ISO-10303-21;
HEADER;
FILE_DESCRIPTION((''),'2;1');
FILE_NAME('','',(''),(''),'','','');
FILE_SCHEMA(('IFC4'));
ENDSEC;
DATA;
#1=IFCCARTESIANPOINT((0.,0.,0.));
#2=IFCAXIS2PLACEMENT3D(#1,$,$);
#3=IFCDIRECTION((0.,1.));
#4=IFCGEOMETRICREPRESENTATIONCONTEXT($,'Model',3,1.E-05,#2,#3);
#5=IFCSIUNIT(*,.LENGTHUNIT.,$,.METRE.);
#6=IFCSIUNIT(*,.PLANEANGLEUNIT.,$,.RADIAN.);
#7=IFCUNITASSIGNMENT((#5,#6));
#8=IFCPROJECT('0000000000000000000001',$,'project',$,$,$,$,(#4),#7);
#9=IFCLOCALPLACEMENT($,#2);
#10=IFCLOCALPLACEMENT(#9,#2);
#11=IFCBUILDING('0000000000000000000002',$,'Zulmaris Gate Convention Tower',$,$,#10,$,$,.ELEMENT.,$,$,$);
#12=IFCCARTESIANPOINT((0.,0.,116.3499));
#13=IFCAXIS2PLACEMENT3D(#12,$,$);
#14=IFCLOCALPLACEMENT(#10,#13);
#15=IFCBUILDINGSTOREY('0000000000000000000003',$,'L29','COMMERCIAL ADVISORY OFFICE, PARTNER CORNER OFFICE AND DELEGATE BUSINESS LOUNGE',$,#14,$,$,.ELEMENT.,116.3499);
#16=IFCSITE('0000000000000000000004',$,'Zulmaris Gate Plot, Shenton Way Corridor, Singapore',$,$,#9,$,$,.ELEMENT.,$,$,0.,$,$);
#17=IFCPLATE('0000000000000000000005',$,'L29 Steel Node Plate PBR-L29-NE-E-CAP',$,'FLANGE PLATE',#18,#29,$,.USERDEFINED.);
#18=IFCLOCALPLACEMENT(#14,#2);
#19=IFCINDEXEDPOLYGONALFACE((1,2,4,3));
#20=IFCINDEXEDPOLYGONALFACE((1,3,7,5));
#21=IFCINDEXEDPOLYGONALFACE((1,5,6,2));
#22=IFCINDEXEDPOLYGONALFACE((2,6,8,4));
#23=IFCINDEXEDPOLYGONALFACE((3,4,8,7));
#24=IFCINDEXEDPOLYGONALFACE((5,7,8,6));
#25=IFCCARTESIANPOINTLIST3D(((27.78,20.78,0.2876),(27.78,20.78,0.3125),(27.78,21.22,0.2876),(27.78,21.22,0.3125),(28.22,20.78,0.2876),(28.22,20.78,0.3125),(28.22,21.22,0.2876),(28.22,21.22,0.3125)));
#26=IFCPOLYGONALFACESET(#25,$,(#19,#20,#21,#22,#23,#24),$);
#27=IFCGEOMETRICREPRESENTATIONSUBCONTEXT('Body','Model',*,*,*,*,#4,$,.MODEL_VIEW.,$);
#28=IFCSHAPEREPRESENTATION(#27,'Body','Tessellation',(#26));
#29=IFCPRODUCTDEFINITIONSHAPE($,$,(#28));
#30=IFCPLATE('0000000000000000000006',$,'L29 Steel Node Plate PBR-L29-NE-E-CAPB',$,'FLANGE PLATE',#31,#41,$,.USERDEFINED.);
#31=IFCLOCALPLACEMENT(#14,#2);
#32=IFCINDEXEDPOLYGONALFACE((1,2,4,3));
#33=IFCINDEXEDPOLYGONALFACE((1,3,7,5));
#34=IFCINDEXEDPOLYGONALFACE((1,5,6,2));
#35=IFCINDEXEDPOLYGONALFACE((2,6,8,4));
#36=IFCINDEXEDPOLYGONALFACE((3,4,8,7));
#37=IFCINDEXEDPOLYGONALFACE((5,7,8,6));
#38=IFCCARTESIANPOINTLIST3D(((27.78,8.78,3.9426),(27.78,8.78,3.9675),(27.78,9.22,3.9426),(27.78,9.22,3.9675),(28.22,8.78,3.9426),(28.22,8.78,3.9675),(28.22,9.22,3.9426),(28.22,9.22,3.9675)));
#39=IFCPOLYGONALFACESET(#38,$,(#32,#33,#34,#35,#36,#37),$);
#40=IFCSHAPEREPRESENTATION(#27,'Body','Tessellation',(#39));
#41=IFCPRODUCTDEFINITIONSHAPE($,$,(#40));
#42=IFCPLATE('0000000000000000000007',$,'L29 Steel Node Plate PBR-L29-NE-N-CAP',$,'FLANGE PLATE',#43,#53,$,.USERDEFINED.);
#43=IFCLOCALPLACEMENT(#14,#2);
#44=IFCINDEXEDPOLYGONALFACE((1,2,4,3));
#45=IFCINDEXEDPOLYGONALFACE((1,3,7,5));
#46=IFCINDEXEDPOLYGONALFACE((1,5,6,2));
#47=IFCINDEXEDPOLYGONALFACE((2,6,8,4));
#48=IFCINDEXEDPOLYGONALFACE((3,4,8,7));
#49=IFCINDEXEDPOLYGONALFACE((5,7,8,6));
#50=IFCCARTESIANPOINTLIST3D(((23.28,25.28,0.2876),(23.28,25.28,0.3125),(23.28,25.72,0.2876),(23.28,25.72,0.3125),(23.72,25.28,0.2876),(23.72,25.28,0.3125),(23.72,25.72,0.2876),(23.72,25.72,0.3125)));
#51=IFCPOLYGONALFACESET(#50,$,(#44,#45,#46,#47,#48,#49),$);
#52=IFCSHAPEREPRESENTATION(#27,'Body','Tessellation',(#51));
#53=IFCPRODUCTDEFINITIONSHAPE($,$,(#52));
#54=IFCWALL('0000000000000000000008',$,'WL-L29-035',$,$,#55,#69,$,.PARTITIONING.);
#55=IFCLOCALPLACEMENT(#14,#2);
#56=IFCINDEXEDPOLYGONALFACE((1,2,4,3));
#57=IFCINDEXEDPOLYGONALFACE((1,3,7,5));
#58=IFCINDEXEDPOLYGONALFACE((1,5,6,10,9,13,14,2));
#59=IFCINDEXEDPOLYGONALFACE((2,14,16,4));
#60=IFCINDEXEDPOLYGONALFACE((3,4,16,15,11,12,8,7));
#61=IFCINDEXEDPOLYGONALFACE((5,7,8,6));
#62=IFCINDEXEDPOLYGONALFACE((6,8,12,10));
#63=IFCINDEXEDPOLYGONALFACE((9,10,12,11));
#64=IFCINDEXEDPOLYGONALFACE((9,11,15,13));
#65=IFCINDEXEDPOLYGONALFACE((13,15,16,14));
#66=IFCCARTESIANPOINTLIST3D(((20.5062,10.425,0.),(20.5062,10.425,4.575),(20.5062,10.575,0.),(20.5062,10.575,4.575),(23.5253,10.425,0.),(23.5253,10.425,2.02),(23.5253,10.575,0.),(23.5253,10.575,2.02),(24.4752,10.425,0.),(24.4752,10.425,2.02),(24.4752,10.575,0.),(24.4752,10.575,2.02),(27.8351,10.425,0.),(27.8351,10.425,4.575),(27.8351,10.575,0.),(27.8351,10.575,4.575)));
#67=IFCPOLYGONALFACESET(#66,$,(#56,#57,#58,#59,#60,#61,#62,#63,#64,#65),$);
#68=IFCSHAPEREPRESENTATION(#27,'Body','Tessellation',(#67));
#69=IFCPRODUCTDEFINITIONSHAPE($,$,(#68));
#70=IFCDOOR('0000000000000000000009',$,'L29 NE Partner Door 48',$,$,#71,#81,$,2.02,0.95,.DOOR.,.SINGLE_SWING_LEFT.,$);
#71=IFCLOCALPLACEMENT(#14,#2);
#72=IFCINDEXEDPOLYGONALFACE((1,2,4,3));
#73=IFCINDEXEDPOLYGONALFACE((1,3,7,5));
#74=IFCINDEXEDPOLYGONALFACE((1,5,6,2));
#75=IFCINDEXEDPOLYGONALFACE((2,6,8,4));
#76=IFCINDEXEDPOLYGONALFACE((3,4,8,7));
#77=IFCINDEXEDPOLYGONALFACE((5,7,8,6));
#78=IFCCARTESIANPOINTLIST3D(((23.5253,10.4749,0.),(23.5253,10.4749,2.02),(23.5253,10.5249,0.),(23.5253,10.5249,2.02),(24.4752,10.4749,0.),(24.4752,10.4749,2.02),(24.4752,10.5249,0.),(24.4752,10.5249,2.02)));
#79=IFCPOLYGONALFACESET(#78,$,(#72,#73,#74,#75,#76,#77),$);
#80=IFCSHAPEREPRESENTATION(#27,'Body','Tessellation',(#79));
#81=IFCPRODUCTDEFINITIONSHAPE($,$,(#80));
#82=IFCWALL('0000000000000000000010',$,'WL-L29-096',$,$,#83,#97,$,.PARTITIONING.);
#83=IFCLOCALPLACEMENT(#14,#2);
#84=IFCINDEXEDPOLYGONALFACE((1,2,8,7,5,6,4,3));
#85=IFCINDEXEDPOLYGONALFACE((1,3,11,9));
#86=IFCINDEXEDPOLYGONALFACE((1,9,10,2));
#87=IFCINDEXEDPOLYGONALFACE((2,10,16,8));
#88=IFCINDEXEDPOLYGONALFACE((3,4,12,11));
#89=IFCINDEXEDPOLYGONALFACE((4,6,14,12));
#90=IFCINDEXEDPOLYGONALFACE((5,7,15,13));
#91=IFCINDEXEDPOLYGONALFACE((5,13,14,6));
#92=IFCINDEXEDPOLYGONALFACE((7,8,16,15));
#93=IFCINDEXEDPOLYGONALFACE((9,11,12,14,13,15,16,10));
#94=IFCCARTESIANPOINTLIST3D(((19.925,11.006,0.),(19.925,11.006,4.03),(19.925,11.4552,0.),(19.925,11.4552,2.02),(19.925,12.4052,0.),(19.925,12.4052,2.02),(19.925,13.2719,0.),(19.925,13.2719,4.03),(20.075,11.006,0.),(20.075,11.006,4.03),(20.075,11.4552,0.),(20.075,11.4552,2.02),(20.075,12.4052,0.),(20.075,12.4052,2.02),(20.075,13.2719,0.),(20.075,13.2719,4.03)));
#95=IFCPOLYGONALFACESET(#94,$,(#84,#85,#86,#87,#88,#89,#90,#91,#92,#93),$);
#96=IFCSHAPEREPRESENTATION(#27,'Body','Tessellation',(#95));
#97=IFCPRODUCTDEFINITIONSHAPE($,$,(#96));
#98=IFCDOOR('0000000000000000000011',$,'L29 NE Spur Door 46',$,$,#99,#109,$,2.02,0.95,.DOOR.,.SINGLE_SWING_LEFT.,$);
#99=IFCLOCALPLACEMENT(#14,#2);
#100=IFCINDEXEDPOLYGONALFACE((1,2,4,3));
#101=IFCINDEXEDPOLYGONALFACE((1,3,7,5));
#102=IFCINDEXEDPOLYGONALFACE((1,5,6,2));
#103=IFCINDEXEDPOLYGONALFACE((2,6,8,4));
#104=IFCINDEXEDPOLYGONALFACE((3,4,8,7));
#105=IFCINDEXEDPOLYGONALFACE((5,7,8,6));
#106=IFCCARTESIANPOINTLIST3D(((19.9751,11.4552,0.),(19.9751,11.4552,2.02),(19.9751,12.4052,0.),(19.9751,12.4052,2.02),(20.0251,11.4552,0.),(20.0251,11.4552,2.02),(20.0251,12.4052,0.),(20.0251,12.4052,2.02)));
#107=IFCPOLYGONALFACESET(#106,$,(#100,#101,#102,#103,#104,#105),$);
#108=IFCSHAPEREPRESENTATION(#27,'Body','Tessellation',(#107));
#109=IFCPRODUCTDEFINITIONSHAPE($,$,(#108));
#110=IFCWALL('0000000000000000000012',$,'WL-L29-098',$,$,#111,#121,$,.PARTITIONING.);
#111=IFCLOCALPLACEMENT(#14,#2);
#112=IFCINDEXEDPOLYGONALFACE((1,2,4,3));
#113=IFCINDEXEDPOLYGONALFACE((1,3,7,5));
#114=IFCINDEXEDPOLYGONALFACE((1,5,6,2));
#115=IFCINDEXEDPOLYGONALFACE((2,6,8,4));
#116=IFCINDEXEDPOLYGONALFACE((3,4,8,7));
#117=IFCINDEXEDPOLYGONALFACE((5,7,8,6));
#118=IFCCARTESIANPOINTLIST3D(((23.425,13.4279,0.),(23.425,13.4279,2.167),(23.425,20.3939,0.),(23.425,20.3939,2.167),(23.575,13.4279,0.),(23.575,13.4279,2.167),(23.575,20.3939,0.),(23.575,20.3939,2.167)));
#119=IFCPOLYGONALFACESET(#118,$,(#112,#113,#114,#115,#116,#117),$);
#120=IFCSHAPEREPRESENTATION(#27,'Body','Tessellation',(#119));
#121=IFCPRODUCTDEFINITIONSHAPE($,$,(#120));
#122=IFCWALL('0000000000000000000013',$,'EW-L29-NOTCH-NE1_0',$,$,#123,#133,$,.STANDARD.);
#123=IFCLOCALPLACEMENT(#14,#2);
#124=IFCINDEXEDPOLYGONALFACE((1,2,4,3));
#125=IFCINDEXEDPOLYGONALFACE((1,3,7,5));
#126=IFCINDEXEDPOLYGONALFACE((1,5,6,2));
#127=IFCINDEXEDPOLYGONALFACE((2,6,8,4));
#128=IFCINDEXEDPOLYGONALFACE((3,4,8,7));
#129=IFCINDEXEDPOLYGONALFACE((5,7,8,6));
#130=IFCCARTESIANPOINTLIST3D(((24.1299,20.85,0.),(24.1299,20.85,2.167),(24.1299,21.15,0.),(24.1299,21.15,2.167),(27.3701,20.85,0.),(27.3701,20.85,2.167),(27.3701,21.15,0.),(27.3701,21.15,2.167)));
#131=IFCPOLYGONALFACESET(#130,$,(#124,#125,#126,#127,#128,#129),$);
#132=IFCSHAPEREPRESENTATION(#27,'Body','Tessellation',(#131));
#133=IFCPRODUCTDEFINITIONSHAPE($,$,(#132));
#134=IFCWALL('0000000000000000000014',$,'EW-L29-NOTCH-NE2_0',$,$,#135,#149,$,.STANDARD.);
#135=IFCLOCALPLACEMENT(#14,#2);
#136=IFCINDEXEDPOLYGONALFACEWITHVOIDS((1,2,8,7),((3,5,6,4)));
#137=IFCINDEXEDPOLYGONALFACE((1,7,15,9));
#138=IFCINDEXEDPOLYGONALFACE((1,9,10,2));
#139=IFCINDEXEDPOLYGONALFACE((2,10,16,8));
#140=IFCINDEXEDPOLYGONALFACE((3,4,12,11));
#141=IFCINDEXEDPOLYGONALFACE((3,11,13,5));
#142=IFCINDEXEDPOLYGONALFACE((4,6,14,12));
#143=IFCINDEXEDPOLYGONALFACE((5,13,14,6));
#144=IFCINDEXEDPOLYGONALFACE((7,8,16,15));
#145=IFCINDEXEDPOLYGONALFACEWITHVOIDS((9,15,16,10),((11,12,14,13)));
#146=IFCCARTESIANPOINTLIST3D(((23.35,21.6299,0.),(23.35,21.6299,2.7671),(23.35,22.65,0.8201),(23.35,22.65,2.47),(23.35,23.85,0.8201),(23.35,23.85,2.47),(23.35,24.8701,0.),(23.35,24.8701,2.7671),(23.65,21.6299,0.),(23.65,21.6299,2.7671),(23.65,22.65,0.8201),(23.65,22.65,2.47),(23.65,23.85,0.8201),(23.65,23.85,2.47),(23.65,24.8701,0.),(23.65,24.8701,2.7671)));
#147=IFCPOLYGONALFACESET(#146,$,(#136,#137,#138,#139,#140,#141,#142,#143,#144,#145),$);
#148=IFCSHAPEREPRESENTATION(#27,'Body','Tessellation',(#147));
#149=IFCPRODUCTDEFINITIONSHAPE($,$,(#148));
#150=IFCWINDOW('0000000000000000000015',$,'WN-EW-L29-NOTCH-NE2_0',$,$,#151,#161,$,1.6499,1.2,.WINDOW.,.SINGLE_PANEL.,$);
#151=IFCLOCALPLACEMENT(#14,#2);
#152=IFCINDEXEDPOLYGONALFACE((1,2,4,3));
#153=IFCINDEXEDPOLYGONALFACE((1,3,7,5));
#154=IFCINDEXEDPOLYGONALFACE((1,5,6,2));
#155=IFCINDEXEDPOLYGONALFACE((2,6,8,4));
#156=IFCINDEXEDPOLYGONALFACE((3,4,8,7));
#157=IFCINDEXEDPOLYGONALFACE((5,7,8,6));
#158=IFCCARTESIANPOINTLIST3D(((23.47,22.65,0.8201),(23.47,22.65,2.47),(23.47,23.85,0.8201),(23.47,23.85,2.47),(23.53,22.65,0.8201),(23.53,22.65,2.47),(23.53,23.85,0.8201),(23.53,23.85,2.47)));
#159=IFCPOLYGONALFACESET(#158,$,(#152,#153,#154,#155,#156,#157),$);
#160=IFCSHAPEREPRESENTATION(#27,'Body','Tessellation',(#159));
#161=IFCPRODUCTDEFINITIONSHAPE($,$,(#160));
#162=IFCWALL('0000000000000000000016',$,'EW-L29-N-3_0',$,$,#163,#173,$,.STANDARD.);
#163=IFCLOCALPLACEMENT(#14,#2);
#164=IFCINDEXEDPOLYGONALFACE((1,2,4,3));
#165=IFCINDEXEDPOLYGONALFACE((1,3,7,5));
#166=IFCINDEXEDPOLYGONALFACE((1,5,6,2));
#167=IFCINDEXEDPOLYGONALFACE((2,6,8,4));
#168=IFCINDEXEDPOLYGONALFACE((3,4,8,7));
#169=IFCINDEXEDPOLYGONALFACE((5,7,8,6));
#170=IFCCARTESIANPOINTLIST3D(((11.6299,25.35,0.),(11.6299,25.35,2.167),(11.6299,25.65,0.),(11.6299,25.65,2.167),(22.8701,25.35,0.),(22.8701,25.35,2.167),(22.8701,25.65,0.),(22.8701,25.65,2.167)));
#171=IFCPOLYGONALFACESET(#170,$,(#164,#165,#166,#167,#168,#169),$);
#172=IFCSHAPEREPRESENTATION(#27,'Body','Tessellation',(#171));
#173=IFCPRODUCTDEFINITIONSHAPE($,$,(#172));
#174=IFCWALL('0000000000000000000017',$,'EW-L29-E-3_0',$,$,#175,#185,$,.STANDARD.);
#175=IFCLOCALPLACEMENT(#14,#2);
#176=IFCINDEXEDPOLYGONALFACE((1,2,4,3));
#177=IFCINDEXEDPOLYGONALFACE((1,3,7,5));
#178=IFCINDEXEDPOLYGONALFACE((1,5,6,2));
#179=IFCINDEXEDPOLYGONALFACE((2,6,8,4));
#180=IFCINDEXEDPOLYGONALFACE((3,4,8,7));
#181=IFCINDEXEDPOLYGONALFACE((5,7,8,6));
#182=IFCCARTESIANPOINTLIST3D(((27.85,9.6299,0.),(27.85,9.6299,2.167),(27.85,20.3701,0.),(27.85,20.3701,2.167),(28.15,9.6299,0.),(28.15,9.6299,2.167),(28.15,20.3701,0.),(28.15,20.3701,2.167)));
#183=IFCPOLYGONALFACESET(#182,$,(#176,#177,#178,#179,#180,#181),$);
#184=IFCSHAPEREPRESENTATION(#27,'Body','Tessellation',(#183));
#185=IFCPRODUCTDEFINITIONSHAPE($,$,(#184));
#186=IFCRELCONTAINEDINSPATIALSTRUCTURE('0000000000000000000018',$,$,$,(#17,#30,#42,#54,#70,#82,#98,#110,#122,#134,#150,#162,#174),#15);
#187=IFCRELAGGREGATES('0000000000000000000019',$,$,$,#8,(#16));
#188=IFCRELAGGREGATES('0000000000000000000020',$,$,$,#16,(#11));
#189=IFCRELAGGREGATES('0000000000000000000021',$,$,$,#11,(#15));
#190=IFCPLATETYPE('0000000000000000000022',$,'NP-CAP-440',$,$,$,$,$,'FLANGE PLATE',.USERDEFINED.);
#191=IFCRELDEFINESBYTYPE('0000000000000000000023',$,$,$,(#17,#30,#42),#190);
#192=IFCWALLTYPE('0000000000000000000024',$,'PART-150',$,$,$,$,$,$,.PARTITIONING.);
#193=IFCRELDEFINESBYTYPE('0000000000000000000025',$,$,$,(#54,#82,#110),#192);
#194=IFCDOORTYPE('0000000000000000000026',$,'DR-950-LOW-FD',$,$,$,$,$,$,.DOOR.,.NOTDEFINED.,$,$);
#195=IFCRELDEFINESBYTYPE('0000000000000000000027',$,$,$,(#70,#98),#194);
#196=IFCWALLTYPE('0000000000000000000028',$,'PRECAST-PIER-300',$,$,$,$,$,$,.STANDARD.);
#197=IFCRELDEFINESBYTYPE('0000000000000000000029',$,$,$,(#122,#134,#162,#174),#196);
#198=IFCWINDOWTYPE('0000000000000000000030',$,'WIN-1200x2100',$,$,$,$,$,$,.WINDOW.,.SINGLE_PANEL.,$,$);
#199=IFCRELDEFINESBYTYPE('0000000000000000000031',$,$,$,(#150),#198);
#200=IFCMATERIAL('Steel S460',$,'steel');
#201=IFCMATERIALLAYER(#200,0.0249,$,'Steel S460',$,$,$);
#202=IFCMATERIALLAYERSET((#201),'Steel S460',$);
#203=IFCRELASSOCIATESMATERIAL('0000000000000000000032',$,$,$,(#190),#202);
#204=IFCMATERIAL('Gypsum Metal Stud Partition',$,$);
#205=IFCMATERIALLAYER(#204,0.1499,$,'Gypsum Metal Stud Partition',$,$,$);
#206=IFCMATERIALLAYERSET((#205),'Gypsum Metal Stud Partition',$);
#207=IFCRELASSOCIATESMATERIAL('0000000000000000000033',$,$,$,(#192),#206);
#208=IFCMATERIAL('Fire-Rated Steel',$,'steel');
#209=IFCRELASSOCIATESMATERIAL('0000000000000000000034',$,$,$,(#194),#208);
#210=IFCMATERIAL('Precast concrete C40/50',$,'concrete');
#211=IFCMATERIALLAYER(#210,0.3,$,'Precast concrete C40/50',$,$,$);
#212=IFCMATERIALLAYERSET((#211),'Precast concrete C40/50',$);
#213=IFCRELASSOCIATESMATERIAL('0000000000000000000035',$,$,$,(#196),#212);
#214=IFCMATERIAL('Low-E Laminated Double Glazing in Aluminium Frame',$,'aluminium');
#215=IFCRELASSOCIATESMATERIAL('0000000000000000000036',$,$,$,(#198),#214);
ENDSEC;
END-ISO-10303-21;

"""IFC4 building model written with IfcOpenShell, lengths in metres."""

from ifc_helpers import new_model, si_unit, direction, frame, frame_2d, origin, origin_2d, place, context, subcontext, project, spatial, rectangle, extrude, material, layer, layer_set, type_object, element, fill, save


model = new_model("IFC4")

# Units and contexts
model_context = context("Model", 3, precision=1e-05, world=origin(), true_north=direction((0.0, 1.0)))
body_context = subcontext(model_context, "Body", "Model", "MODEL_VIEW")
ifc_project = project(units=[si_unit("LENGTHUNIT", "METRE"), si_unit("PLANEANGLEUNIT", "RADIAN")], contexts=[model_context])

# Site, building, storey
site_placement = place(None, origin())
site = spatial("IfcSite", under=ifc_project, at=site_placement, Name="Zulmaris Gate Plot, Shenton Way Corridor, Singapore", CompositionType="ELEMENT", RefElevation=0.0)
building_placement = place(site_placement, origin())
building = spatial("IfcBuilding", under=site, at=building_placement, Name="Zulmaris Gate Convention Tower", CompositionType="ELEMENT")
storey_placement = place(building_placement, frame((0.0, 0.0, 116.3499)))
storey = spatial("IfcBuildingStorey", under=building, at=storey_placement, Name="L29", Description="COMMERCIAL ADVISORY OFFICE, PARTNER CORNER OFFICE AND DELEGATE BUSINESS LOUNGE", CompositionType="ELEMENT", Elevation=116.3499)

# Shared definitions
ifc_material_1 = material(Name="Steel S460", Category="steel")

# Plates
ifc_layer_1 = layer(ifc_material_1, 0.0249, Name="Steel S460")
ifc_layer_set_1 = layer_set([ifc_layer_1], Name="Steel S460")
plate_type = type_object("IfcPlateType", Name="NP-CAP-440", ElementType="FLANGE PLATE", PredefinedType="USERDEFINED", material=ifc_layer_set_1)
for number, where, z_axis, x_axis, name in (
    (1, (28.0, 21.0, 0.2876), (0.0, 0.0, 1.0), (1.0, 0.0, 0.0), "L29 Steel Node Plate PBR-L29-NE-E-CAP"),
    (2, (28.0, 9.0, 3.9426), (0.0, 0.0, 1.0), (1.0, 0.0, 0.0), "L29 Steel Node Plate PBR-L29-NE-E-CAPB"),
    (3, (23.5, 25.5, 0.2876), (0.0, 0.0, 1.0), (1.0, 0.0, 0.0), "L29 Steel Node Plate PBR-L29-NE-N-CAP"),
):
    element("IfcPlate", number, at=place(storey_placement, frame(where, z_axis=z_axis, x_axis=x_axis)), inside=storey, type_object=plate_type, Name=name, ObjectType="FLANGE PLATE", PredefinedType="USERDEFINED", context=body_context, shape_type="SweptSolid", body=[
        extrude(rectangle(XDim=0.4399, YDim=0.4399, at=origin_2d()), origin(), (0.0, 0.0, 1.0), 0.0249),
    ])

# Shared definitions
ifc_material_2 = material(Name="Fire-Rated Steel", Category="steel")

# Walls, openings, doors
ifc_material_3 = material(Name="Gypsum Metal Stud Partition")
ifc_layer_2 = layer(ifc_material_3, 0.1499, Name="Gypsum Metal Stud Partition")
ifc_layer_set_2 = layer_set([ifc_layer_2], Name="Gypsum Metal Stud Partition")
wall_type_1 = type_object("IfcWallType", Name="PART-150", PredefinedType="PARTITIONING", material=ifc_layer_set_2)
wall_1_placement = place(storey_placement, frame((20.5061, 10.5, 0.0), z_axis=(0.0, 0.0, 1.0), x_axis=(1.0, 0.0, 0.0)))
wall_1 = element("IfcWall", 4, at=wall_1_placement, inside=storey, type_object=wall_type_1, Name="WL-L29-035", PredefinedType="PARTITIONING", context=body_context, shape_type="SweptSolid", body=[
    extrude(rectangle(XDim=7.3289, YDim=0.1499, at=frame_2d((3.6646, 0.0))), origin(), (0.0, 0.0, 1.0), 4.575),
])
opening_1_placement = place(wall_1_placement, frame((3.019, 0.0, 0.0)))
opening_1 = element("IfcOpeningElement", 5, at=opening_1_placement, cuts=wall_1, PredefinedType="OPENING", context=body_context, shape_type="SweptSolid", body=[
    extrude(rectangle(XDim=0.95, YDim=2.02, at=frame_2d((0.4751, 1.01))), frame((0.0, 0.085, 0.0), z_axis=(0.0, -1.0, 0.0), x_axis=(1.0, 0.0, 0.0)), (0.0, 0.0, 1.0), 0.1699),
])
door_type_1 = type_object("IfcDoorType", Name="DR-950-LOW-FD", OperationType="NOTDEFINED", PredefinedType="DOOR", material=ifc_material_2)
door_1_placement = place(opening_1_placement, origin())
door_1 = element("IfcDoor", 6, at=door_1_placement, inside=storey, type_object=door_type_1, Name="L29 NE Partner Door 48", OperationType="SINGLE_SWING_LEFT", OverallHeight=2.02, OverallWidth=0.95, PredefinedType="DOOR", context=body_context, shape_type="SweptSolid", body=[
    extrude(rectangle(XDim=0.95, YDim=2.02, at=frame_2d((0.4751, 1.01))), frame((0.0, 0.0249, 0.0), z_axis=(0.0, -1.0, 0.0), x_axis=(1.0, 0.0, 0.0)), (0.0, 0.0, 1.0), 0.05),
])
fill(opening_1, door_1)
wall_2_placement = place(storey_placement, frame((20.0, 11.0061, 0.0), z_axis=(0.0, 0.0, 1.0), x_axis=(0.0, 1.0, 0.0)))
wall_2 = element("IfcWall", 7, at=wall_2_placement, inside=storey, type_object=wall_type_1, Name="WL-L29-096", PredefinedType="PARTITIONING", context=body_context, shape_type="SweptSolid", body=[
    extrude(rectangle(XDim=2.2659, YDim=0.1499, at=frame_2d((1.1328, 0.0))), origin(), (0.0, 0.0, 1.0), 4.03),
])
opening_2_placement = place(wall_2_placement, frame((0.449, 0.0, 0.0)))
opening_2 = element("IfcOpeningElement", 8, at=opening_2_placement, cuts=wall_2, PredefinedType="OPENING", context=body_context, shape_type="SweptSolid", body=[
    extrude(rectangle(XDim=0.95, YDim=2.02, at=frame_2d((0.4751, 1.01))), frame((0.0, 0.085, 0.0), z_axis=(0.0, -1.0, 0.0), x_axis=(1.0, 0.0, 0.0)), (0.0, 0.0, 1.0), 0.1699),
])
door_2_placement = place(opening_2_placement, origin())
door_2 = element("IfcDoor", 9, at=door_2_placement, inside=storey, type_object=door_type_1, Name="L29 NE Spur Door 46", OperationType="SINGLE_SWING_LEFT", OverallHeight=2.02, OverallWidth=0.95, PredefinedType="DOOR", context=body_context, shape_type="SweptSolid", body=[
    extrude(rectangle(XDim=0.95, YDim=2.02, at=frame_2d((0.4751, 1.01))), frame((0.0, 0.0249, 0.0), z_axis=(0.0, -1.0, 0.0), x_axis=(1.0, 0.0, 0.0)), (0.0, 0.0, 1.0), 0.05),
])
fill(opening_2, door_2)

# Walls
wall_3_placement = place(storey_placement, frame((23.5, 13.428, 0.0), z_axis=(0.0, 0.0, 1.0), x_axis=(0.0, 1.0, 0.0)))
element("IfcWall", 10, at=wall_3_placement, inside=storey, type_object=wall_type_1, Name="WL-L29-098", PredefinedType="PARTITIONING", context=body_context, shape_type="SweptSolid", body=[
    extrude(rectangle(XDim=6.9661, YDim=0.1499, at=frame_2d((3.4829, 0.0))), origin(), (0.0, 0.0, 1.0), 2.167),
])
ifc_material_4 = material(Name="Precast concrete C40/50", Category="concrete")
ifc_layer_3 = layer(ifc_material_4, 0.3, Name="Precast concrete C40/50")
ifc_layer_set_3 = layer_set([ifc_layer_3], Name="Precast concrete C40/50")
wall_type_2 = type_object("IfcWallType", Name="PRECAST-PIER-300", PredefinedType="STANDARD", material=ifc_layer_set_3)
wall_4_placement = place(storey_placement, frame((27.3701, 21.0, 0.0), z_axis=(0.0, 0.0, 1.0), x_axis=(-1.0, 0.0, 0.0)))
element("IfcWall", 11, at=wall_4_placement, inside=storey, type_object=wall_type_2, Name="EW-L29-NOTCH-NE1_0", PredefinedType="STANDARD", context=body_context, shape_type="SweptSolid", body=[
    extrude(rectangle(XDim=3.2402, YDim=0.3, at=frame_2d((1.6201, 0.0))), origin(), (0.0, 0.0, 1.0), 2.167),
])

# Wall, opening, window
wall_5_placement = place(storey_placement, frame((23.5, 21.6299, 0.0), z_axis=(0.0, 0.0, 1.0), x_axis=(0.0, 1.0, 0.0)))
wall_5 = element("IfcWall", 12, at=wall_5_placement, inside=storey, type_object=wall_type_2, Name="EW-L29-NOTCH-NE2_0", PredefinedType="STANDARD", context=body_context, shape_type="SweptSolid", body=[
    extrude(rectangle(XDim=3.2402, YDim=0.3, at=frame_2d((1.6201, 0.0))), origin(), (0.0, 0.0, 1.0), 2.7671),
])
opening_3_placement = place(wall_5_placement, frame((1.02, 0.0, 0.8201)))
opening_3 = element("IfcOpeningElement", 13, at=opening_3_placement, cuts=wall_5, PredefinedType="OPENING", context=body_context, shape_type="SweptSolid", body=[
    extrude(rectangle(XDim=1.2, YDim=1.6499, at=frame_2d((0.6001, 0.825))), frame((0.0, 0.1602, 0.0), z_axis=(0.0, -1.0, 0.0), x_axis=(1.0, 0.0, 0.0)), (0.0, 0.0, 1.0), 0.3201),
])
ifc_material_5 = material(Name="Low-E Laminated Double Glazing in Aluminium Frame", Category="aluminium")
window_type = type_object("IfcWindowType", Name="WIN-1200x2100", PartitioningType="SINGLE_PANEL", PredefinedType="WINDOW", material=ifc_material_5)
window_placement = place(opening_3_placement, origin())
window = element("IfcWindow", 14, at=window_placement, inside=storey, type_object=window_type, Name="WN-EW-L29-NOTCH-NE2_0", OverallHeight=1.6499, OverallWidth=1.2, PartitioningType="SINGLE_PANEL", PredefinedType="WINDOW", context=body_context, shape_type="SweptSolid", body=[
    extrude(rectangle(XDim=1.2, YDim=1.6499, at=frame_2d((0.6001, 0.825))), frame((0.0, 0.03, 0.0), z_axis=(0.0, -1.0, 0.0), x_axis=(1.0, 0.0, 0.0)), (0.0, 0.0, 1.0), 0.0601),
])
fill(opening_3, window)

# Walls
wall_6_placement = place(storey_placement, frame((22.8701, 25.5, 0.0), z_axis=(0.0, 0.0, 1.0), x_axis=(-1.0, 0.0, 0.0)))
element("IfcWall", 15, at=wall_6_placement, inside=storey, type_object=wall_type_2, Name="EW-L29-N-3_0", PredefinedType="STANDARD", context=body_context, shape_type="SweptSolid", body=[
    extrude(rectangle(XDim=11.2402, YDim=0.3, at=frame_2d((5.6201, 0.0))), origin(), (0.0, 0.0, 1.0), 2.167),
])
wall_7_placement = place(storey_placement, frame((28.0, 9.6299, 0.0), z_axis=(0.0, 0.0, 1.0), x_axis=(0.0, 1.0, 0.0)))
element("IfcWall", 16, at=wall_7_placement, inside=storey, type_object=wall_type_2, Name="EW-L29-E-3_0", PredefinedType="STANDARD", context=body_context, shape_type="SweptSolid", body=[
    extrude(rectangle(XDim=10.7402, YDim=0.3, at=frame_2d((5.3701, 0.0))), origin(), (0.0, 0.0, 1.0), 2.167),
])

save(model, "model.ifc")
